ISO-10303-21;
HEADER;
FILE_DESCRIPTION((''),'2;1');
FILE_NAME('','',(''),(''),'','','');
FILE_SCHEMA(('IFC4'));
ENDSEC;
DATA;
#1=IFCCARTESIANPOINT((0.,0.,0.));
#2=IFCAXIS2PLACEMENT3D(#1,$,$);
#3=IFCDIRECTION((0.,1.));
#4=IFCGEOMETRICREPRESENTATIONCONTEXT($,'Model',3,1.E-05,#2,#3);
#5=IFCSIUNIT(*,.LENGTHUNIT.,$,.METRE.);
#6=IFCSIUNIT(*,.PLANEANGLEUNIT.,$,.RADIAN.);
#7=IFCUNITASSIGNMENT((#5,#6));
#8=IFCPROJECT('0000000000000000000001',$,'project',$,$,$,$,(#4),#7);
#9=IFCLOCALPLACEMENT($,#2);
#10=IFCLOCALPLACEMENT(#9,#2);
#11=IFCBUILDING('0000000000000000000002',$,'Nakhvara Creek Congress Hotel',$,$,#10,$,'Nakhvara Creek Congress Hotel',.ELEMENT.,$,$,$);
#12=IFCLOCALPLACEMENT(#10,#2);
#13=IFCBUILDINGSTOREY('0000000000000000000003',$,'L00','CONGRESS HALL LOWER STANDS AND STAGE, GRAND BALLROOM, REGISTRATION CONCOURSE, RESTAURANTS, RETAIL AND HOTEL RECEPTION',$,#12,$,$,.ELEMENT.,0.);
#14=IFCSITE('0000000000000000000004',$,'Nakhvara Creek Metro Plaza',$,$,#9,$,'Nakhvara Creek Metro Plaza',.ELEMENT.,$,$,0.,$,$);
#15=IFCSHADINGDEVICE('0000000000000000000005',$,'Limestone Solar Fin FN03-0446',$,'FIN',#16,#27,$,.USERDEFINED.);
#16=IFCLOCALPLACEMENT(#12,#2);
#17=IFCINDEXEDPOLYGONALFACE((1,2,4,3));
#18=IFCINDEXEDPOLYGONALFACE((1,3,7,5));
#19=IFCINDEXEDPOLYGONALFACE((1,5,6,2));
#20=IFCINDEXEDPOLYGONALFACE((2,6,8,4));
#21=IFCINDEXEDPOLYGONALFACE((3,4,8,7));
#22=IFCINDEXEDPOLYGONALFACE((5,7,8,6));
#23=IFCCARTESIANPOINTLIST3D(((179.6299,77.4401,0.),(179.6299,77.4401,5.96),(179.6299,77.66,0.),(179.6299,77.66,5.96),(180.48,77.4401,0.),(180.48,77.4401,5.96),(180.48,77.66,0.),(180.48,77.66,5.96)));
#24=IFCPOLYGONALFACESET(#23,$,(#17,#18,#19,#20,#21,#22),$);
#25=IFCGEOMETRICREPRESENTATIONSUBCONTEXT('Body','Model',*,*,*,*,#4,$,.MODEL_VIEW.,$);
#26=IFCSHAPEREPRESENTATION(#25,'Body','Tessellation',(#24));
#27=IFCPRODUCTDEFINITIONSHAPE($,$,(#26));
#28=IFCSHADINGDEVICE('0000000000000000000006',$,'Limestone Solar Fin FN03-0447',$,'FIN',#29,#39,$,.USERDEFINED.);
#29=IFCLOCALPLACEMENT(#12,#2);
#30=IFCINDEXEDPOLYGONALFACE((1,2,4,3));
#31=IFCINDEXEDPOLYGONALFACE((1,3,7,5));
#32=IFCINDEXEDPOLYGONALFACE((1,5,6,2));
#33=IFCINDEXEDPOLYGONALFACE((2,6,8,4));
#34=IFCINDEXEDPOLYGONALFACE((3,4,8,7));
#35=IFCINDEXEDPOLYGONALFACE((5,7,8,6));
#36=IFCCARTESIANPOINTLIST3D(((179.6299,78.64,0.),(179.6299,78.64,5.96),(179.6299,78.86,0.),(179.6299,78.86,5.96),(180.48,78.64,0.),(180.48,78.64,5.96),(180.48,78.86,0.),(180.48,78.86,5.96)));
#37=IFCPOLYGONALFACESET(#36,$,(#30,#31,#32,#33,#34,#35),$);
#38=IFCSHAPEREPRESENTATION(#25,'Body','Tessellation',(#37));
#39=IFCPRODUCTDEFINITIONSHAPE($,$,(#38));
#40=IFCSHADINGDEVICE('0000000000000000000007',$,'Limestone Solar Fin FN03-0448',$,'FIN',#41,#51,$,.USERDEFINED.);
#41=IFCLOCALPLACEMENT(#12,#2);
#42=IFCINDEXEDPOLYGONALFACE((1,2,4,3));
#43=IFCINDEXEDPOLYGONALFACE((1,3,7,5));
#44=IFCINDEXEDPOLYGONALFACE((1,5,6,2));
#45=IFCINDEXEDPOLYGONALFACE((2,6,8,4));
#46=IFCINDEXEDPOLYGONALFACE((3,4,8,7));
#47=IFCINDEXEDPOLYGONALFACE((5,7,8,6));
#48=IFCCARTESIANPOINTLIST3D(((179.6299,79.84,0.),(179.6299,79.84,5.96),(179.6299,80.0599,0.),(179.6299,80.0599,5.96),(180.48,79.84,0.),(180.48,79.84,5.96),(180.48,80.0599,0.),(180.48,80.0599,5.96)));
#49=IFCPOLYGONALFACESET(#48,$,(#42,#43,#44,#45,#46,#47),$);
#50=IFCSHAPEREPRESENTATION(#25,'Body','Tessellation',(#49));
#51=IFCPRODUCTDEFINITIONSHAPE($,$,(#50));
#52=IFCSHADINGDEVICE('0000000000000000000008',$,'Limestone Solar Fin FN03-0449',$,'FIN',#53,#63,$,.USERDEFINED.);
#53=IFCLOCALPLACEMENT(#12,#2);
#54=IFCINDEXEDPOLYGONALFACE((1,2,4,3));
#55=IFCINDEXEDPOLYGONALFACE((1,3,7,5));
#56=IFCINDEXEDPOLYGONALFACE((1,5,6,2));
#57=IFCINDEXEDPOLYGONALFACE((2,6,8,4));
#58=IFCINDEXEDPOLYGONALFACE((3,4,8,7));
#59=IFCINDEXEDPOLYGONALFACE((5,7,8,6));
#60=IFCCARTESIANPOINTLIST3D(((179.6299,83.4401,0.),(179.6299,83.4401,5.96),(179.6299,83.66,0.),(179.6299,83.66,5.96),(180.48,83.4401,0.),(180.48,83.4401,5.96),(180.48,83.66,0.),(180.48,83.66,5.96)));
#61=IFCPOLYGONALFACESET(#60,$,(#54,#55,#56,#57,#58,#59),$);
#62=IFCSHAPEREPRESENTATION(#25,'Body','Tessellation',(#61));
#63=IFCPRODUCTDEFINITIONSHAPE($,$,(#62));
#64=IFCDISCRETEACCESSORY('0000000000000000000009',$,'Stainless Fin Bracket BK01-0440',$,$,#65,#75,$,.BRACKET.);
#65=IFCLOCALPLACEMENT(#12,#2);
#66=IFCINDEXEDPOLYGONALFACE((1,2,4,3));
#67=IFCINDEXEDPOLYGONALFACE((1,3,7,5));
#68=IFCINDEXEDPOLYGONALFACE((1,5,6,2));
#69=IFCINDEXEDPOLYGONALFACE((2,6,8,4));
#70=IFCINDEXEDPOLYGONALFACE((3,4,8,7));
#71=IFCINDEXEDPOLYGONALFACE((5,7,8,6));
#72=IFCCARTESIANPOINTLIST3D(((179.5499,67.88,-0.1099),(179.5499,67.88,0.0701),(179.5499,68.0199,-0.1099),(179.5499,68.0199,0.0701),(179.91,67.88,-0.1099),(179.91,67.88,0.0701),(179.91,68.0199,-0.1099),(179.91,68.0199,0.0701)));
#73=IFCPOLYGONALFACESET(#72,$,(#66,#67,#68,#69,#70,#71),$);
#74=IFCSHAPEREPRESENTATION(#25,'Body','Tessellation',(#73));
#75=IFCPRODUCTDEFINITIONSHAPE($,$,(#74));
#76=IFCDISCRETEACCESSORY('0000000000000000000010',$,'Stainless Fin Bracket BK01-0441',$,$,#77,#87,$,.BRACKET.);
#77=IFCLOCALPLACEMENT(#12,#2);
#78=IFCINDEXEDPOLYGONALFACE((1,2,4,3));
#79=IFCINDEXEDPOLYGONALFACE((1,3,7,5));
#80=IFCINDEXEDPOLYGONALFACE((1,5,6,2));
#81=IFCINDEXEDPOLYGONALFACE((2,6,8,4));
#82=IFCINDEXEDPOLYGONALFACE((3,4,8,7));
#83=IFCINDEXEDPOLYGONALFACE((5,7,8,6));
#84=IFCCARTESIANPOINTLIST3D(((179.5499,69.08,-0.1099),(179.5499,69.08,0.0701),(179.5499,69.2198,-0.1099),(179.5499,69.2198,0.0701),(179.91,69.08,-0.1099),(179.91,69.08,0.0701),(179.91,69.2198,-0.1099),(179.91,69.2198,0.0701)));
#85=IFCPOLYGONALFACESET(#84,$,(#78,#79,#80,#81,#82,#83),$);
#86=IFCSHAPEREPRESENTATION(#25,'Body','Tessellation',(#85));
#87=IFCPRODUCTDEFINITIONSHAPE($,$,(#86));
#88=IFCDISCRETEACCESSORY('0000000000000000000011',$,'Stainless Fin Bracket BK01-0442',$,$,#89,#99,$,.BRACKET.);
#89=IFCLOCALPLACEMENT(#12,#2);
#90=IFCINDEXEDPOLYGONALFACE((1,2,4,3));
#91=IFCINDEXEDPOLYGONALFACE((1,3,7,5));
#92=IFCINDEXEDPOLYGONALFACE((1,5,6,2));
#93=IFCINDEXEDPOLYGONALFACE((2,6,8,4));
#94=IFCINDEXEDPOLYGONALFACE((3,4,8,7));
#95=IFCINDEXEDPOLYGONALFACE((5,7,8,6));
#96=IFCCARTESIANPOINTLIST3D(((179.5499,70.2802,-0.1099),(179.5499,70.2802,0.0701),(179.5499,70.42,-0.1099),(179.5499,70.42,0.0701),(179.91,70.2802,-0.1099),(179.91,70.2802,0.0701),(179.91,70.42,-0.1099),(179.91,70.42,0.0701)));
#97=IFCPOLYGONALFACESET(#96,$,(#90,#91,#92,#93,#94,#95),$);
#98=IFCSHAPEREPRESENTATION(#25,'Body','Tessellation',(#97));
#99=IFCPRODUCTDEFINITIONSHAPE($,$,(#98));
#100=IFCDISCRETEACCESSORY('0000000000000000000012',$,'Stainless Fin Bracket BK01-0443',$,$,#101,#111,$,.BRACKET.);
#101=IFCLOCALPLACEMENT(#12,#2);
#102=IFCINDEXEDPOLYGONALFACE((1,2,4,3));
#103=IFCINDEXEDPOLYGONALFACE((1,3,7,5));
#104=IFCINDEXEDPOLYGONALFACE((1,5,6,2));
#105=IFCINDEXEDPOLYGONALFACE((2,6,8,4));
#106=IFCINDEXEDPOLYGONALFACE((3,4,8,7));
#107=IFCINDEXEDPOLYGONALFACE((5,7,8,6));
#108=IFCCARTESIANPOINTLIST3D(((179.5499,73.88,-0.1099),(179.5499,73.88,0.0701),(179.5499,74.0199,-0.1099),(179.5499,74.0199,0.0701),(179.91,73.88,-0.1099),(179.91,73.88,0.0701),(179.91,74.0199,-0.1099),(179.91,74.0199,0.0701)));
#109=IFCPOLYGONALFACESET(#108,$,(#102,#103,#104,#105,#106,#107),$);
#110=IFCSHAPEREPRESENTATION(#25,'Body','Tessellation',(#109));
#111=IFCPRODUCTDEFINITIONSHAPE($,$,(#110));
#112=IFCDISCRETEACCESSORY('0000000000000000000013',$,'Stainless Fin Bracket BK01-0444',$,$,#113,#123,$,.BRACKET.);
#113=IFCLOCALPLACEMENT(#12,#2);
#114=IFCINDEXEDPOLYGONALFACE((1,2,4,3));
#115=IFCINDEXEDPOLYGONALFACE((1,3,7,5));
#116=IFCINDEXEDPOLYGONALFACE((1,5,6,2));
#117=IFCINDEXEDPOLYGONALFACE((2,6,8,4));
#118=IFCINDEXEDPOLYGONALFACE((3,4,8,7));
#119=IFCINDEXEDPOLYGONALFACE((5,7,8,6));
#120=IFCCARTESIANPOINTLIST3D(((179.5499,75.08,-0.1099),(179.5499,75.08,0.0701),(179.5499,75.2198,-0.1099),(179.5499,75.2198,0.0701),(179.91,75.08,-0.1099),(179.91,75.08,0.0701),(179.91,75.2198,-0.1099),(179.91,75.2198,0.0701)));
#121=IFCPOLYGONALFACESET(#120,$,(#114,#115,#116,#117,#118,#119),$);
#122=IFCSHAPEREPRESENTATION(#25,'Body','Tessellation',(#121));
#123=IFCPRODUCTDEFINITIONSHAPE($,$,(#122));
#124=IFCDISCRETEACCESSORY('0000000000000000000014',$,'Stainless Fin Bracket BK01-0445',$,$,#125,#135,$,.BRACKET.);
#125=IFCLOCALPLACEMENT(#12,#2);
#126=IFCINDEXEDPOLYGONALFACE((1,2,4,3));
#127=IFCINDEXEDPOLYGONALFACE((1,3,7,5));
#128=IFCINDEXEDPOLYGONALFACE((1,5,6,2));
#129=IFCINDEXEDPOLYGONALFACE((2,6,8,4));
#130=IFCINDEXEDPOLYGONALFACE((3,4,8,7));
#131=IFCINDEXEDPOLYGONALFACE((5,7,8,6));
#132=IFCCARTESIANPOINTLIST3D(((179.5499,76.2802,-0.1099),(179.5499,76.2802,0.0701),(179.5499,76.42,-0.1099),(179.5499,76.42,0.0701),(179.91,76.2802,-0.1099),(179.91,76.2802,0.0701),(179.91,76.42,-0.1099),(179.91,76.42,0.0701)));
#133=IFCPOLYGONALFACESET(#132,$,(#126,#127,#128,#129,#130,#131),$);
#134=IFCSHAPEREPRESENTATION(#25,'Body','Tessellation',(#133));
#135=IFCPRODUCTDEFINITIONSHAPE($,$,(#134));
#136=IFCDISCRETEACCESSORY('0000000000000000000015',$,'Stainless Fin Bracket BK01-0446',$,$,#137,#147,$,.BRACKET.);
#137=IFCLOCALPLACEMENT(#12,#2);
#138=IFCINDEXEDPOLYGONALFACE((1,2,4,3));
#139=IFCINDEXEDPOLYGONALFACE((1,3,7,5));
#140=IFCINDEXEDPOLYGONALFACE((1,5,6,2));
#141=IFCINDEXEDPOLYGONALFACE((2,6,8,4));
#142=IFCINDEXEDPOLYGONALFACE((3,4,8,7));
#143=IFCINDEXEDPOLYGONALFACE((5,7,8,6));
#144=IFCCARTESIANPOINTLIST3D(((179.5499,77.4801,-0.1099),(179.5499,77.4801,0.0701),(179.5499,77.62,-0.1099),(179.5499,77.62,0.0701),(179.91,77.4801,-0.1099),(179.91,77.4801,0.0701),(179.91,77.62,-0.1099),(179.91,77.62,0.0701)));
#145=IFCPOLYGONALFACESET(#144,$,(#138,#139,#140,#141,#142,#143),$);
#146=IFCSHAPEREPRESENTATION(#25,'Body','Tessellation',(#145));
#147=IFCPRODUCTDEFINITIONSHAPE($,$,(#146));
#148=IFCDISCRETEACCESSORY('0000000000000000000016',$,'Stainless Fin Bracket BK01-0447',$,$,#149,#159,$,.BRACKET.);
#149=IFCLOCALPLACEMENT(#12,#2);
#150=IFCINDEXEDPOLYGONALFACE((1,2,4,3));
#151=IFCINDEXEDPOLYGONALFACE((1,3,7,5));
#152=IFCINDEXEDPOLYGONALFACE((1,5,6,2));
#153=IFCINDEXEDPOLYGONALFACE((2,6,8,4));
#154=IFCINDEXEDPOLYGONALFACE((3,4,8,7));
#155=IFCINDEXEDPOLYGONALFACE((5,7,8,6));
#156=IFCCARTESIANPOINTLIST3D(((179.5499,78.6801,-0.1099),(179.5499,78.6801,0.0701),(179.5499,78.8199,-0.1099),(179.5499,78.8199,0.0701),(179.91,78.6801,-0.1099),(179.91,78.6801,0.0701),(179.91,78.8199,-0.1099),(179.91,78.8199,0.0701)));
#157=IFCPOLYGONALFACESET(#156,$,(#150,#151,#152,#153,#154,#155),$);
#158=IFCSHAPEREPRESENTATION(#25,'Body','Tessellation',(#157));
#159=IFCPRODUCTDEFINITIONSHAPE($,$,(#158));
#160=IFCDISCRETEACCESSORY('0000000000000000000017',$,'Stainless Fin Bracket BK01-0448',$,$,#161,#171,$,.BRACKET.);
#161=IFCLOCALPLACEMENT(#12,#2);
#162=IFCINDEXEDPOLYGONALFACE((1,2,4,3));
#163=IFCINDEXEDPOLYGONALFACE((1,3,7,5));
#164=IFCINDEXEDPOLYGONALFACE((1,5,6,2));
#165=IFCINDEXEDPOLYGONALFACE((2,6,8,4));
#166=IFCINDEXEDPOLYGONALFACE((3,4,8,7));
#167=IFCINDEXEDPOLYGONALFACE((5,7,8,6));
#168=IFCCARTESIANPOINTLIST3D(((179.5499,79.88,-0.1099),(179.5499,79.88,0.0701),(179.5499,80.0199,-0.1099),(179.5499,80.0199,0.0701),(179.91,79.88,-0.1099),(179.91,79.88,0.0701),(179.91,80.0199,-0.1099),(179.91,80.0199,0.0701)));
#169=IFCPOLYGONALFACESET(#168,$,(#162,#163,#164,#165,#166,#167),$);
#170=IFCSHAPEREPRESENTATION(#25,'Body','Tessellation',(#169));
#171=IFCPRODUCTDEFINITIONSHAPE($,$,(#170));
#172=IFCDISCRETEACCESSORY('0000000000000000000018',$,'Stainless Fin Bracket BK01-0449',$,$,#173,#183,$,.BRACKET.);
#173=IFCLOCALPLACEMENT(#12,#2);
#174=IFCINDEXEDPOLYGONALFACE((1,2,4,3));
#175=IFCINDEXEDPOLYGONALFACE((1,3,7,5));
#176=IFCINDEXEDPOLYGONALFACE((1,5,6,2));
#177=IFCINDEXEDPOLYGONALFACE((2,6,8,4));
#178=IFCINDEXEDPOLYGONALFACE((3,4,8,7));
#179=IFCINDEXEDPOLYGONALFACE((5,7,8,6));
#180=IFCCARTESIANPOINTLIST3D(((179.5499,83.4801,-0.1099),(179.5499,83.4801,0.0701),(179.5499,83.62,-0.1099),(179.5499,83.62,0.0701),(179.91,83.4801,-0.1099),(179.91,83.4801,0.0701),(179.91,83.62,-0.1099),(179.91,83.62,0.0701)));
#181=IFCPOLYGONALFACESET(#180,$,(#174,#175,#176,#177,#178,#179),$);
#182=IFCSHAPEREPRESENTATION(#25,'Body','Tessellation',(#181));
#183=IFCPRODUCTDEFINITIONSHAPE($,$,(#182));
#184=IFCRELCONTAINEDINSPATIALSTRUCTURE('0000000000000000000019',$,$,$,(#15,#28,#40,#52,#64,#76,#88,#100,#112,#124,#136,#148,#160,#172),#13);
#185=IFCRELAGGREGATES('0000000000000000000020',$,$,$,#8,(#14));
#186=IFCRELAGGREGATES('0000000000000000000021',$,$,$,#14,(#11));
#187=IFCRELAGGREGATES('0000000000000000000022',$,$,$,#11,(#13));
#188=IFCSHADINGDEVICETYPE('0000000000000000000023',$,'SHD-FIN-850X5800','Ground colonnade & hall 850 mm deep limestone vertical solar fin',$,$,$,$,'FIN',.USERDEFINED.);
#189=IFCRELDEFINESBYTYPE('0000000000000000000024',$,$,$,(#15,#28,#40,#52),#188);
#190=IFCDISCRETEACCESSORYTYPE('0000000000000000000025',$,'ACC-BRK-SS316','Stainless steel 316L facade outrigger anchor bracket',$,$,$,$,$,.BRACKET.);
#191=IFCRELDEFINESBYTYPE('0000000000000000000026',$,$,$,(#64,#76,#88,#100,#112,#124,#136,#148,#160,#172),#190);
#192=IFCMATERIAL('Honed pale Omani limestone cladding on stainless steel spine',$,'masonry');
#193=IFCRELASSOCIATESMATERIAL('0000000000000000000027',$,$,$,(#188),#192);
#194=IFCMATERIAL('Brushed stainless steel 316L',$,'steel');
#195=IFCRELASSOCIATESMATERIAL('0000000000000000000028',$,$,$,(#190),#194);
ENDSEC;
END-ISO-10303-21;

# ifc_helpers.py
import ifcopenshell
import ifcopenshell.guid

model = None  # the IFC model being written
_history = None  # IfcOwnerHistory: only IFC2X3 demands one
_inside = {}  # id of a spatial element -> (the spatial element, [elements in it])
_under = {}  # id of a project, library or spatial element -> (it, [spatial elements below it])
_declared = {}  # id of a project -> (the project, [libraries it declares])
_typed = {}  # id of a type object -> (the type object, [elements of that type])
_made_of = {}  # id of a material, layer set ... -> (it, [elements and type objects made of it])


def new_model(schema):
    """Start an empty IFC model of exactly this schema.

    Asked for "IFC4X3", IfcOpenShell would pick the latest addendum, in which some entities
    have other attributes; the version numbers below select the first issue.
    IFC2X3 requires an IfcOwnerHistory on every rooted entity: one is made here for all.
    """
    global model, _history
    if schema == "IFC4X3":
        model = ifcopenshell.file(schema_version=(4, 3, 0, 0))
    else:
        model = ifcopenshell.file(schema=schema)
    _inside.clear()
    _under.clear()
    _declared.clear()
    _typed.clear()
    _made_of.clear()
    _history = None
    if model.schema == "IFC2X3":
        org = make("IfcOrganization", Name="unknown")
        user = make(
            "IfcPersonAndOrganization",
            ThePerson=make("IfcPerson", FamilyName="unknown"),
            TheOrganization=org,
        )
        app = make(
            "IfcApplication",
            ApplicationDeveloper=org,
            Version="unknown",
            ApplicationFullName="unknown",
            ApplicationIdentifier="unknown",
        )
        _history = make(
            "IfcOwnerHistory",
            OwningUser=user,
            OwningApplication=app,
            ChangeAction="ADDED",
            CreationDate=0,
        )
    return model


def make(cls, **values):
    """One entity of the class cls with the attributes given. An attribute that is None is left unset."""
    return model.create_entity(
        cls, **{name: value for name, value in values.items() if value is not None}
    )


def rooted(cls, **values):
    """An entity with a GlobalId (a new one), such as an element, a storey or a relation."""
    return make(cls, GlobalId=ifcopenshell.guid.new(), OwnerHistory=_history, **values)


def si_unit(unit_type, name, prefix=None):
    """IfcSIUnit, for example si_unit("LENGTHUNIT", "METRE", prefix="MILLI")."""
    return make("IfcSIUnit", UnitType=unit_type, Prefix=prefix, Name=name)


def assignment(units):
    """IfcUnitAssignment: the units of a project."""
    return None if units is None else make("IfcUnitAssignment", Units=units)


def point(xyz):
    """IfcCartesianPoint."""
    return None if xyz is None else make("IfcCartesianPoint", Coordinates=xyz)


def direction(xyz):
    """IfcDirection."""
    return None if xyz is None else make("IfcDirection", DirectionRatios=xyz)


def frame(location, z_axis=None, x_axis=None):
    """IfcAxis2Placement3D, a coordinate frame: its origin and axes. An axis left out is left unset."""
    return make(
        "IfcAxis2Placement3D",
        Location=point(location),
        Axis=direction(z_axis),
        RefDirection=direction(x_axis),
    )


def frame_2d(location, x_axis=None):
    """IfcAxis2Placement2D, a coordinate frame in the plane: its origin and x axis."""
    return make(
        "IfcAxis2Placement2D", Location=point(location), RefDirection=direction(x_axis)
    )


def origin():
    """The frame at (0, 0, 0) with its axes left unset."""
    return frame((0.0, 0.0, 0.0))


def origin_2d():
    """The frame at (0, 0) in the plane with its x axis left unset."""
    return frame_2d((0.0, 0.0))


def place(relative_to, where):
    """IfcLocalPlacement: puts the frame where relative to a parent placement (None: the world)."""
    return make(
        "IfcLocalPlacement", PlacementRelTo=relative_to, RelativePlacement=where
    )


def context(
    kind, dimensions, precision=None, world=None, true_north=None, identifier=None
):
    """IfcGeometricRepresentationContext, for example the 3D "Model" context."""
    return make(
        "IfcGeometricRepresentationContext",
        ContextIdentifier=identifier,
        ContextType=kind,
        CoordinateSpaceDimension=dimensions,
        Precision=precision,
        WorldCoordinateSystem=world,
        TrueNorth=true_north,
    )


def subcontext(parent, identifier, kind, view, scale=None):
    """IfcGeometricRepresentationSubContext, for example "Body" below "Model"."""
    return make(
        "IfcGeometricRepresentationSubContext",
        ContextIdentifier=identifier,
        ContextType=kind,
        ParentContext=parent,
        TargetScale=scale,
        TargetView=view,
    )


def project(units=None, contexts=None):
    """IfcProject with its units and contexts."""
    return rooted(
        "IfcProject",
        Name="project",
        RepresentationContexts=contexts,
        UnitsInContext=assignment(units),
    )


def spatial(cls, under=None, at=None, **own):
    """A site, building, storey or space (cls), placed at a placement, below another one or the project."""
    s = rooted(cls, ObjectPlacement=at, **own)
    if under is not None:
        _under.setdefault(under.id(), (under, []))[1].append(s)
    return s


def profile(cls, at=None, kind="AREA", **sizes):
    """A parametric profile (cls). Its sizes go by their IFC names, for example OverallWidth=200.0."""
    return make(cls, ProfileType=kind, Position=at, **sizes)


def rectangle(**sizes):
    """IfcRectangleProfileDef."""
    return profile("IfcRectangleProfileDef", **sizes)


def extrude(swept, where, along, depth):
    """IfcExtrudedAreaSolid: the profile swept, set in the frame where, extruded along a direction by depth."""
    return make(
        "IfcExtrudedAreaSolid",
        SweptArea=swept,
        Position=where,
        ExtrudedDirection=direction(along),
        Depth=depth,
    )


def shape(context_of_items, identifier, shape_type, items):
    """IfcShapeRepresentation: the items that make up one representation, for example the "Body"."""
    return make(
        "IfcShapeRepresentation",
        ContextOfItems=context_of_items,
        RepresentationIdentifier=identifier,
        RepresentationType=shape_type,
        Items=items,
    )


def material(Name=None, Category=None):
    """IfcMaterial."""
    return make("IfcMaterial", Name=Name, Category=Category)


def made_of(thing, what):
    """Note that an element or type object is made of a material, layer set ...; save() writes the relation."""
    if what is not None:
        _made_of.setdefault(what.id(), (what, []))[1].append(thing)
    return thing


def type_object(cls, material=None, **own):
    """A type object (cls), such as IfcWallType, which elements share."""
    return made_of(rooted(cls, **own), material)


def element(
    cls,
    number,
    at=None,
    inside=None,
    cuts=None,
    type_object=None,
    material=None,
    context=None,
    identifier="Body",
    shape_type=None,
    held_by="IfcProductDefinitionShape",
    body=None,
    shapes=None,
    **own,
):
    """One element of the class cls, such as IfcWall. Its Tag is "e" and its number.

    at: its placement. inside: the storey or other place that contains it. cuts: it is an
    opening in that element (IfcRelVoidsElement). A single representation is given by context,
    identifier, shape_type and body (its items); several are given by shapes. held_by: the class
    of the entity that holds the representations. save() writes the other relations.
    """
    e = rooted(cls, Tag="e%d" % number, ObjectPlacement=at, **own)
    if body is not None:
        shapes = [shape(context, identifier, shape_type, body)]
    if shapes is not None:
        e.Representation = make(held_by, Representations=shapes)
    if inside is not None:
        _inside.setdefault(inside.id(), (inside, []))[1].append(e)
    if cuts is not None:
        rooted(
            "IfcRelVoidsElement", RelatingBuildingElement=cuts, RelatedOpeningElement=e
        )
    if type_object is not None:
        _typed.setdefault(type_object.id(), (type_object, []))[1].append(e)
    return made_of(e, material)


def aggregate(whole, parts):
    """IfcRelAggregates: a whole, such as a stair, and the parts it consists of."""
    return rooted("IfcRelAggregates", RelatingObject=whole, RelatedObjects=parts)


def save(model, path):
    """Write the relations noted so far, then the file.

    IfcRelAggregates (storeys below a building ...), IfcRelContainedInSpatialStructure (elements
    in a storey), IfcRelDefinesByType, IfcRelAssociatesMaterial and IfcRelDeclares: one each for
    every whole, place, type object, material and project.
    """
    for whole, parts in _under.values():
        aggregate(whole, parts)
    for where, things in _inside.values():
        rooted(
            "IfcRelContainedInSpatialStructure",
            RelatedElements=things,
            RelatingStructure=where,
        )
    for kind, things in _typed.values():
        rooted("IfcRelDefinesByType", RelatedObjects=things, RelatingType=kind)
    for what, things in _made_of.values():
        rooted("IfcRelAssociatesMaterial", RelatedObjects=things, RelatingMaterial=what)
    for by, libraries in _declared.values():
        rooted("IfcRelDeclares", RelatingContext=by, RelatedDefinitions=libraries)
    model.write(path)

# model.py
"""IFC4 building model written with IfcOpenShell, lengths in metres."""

from ifc_helpers import new_model, si_unit, direction, frame, origin, origin_2d, place, context, subcontext, project, spatial, rectangle, extrude, material, type_object, element, save


model = new_model("IFC4")

# Units and contexts
model_context = context("Model", 3, precision=1e-05, world=origin(), true_north=direction((0.0, 1.0)))
body_context = subcontext(model_context, "Body", "Model", "MODEL_VIEW")
ifc_project = project(units=[si_unit("LENGTHUNIT", "METRE"), si_unit("PLANEANGLEUNIT", "RADIAN")], contexts=[model_context])

# Site, building, storey
site_placement = place(None, origin())
site = spatial("IfcSite", under=ifc_project, at=site_placement, Name="Nakhvara Creek Metro Plaza", LongName="Nakhvara Creek Metro Plaza", CompositionType="ELEMENT", RefElevation=0.0)
building_placement = place(site_placement, origin())
building = spatial("IfcBuilding", under=site, at=building_placement, Name="Nakhvara Creek Congress Hotel", LongName="Nakhvara Creek Congress Hotel", CompositionType="ELEMENT")
storey_placement = place(building_placement, origin())
storey = spatial("IfcBuildingStorey", under=building, at=storey_placement, Name="L00", Description="CONGRESS HALL LOWER STANDS AND STAGE, GRAND BALLROOM, REGISTRATION CONCOURSE, RESTAURANTS, RETAIL AND HOTEL RECEPTION", CompositionType="ELEMENT", Elevation=0.0)

# Shading devices
ifc_material_1 = material(Name="Honed pale Omani limestone cladding on stainless steel spine", Category="masonry")
shading_device_type = type_object("IfcShadingDeviceType", Name="SHD-FIN-850X5800", Description="Ground colonnade & hall 850 mm deep limestone vertical solar fin", ElementType="FIN", PredefinedType="USERDEFINED", material=ifc_material_1)
for number, where, z_axis, x_axis, name in (
    (1, (180.0549, 77.55, 0.0), (0.0, 0.0, 1.0), (0.0, 1.0, 0.0), "Limestone Solar Fin FN03-0446"),
    (2, (180.0549, 78.75, 0.0), (0.0, 0.0, 1.0), (0.0, 1.0, 0.0), "Limestone Solar Fin FN03-0447"),
    (3, (180.0549, 79.95, 0.0), (0.0, 0.0, 1.0), (0.0, 1.0, 0.0), "Limestone Solar Fin FN03-0448"),
    (4, (180.0549, 83.55, 0.0), (0.0, 0.0, 1.0), (0.0, 1.0, 0.0), "Limestone Solar Fin FN03-0449"),
):
    element("IfcShadingDevice", number, at=place(storey_placement, frame(where, z_axis=z_axis, x_axis=x_axis)), inside=storey, type_object=shading_device_type, Name=name, ObjectType="FIN", PredefinedType="USERDEFINED", context=body_context, shape_type="SweptSolid", body=[
        extrude(rectangle(XDim=0.22, YDim=0.8501, at=origin_2d()), origin(), (0.0, 0.0, 1.0), 5.96),
    ])

# Discrete accessories
ifc_material_2 = material(Name="Brushed stainless steel 316L", Category="steel")
discrete_accessory_type = type_object("IfcDiscreteAccessoryType", Name="ACC-BRK-SS316", Description="Stainless steel 316L facade outrigger anchor bracket", PredefinedType="BRACKET", material=ifc_material_2)
for number, where, z_axis, x_axis, name in (
    (5, (179.73, 67.95, -0.1099), (0.0, 0.0, 1.0), (0.0, 1.0, 0.0), "Stainless Fin Bracket BK01-0440"),
    (6, (179.73, 69.1499, -0.1099), (0.0, 0.0, 1.0), (0.0, 1.0, 0.0), "Stainless Fin Bracket BK01-0441"),
    (7, (179.73, 70.3501, -0.1099), (0.0, 0.0, 1.0), (0.0, 1.0, 0.0), "Stainless Fin Bracket BK01-0442"),
    (8, (179.73, 73.95, -0.1099), (0.0, 0.0, 1.0), (0.0, 1.0, 0.0), "Stainless Fin Bracket BK01-0443"),
    (9, (179.73, 75.1499, -0.1099), (0.0, 0.0, 1.0), (0.0, 1.0, 0.0), "Stainless Fin Bracket BK01-0444"),
    (10, (179.73, 76.3501, -0.1099), (0.0, 0.0, 1.0), (0.0, 1.0, 0.0), "Stainless Fin Bracket BK01-0445"),
    (11, (179.73, 77.55, -0.1099), (0.0, 0.0, 1.0), (0.0, 1.0, 0.0), "Stainless Fin Bracket BK01-0446"),
    (12, (179.73, 78.75, -0.1099), (0.0, 0.0, 1.0), (0.0, 1.0, 0.0), "Stainless Fin Bracket BK01-0447"),
    (13, (179.73, 79.95, -0.1099), (0.0, 0.0, 1.0), (0.0, 1.0, 0.0), "Stainless Fin Bracket BK01-0448"),
    (14, (179.73, 83.55, -0.1099), (0.0, 0.0, 1.0), (0.0, 1.0, 0.0), "Stainless Fin Bracket BK01-0449"),
):
    element("IfcDiscreteAccessory", number, at=place(storey_placement, frame(where, z_axis=z_axis, x_axis=x_axis)), inside=storey, type_object=discrete_accessory_type, Name=name, PredefinedType="BRACKET", context=body_context, shape_type="SweptSolid", body=[
        extrude(rectangle(XDim=0.1399, YDim=0.3601, at=origin_2d()), origin(), (0.0, 0.0, 1.0), 0.1799),
    ])

save(model, "model.ifc")
